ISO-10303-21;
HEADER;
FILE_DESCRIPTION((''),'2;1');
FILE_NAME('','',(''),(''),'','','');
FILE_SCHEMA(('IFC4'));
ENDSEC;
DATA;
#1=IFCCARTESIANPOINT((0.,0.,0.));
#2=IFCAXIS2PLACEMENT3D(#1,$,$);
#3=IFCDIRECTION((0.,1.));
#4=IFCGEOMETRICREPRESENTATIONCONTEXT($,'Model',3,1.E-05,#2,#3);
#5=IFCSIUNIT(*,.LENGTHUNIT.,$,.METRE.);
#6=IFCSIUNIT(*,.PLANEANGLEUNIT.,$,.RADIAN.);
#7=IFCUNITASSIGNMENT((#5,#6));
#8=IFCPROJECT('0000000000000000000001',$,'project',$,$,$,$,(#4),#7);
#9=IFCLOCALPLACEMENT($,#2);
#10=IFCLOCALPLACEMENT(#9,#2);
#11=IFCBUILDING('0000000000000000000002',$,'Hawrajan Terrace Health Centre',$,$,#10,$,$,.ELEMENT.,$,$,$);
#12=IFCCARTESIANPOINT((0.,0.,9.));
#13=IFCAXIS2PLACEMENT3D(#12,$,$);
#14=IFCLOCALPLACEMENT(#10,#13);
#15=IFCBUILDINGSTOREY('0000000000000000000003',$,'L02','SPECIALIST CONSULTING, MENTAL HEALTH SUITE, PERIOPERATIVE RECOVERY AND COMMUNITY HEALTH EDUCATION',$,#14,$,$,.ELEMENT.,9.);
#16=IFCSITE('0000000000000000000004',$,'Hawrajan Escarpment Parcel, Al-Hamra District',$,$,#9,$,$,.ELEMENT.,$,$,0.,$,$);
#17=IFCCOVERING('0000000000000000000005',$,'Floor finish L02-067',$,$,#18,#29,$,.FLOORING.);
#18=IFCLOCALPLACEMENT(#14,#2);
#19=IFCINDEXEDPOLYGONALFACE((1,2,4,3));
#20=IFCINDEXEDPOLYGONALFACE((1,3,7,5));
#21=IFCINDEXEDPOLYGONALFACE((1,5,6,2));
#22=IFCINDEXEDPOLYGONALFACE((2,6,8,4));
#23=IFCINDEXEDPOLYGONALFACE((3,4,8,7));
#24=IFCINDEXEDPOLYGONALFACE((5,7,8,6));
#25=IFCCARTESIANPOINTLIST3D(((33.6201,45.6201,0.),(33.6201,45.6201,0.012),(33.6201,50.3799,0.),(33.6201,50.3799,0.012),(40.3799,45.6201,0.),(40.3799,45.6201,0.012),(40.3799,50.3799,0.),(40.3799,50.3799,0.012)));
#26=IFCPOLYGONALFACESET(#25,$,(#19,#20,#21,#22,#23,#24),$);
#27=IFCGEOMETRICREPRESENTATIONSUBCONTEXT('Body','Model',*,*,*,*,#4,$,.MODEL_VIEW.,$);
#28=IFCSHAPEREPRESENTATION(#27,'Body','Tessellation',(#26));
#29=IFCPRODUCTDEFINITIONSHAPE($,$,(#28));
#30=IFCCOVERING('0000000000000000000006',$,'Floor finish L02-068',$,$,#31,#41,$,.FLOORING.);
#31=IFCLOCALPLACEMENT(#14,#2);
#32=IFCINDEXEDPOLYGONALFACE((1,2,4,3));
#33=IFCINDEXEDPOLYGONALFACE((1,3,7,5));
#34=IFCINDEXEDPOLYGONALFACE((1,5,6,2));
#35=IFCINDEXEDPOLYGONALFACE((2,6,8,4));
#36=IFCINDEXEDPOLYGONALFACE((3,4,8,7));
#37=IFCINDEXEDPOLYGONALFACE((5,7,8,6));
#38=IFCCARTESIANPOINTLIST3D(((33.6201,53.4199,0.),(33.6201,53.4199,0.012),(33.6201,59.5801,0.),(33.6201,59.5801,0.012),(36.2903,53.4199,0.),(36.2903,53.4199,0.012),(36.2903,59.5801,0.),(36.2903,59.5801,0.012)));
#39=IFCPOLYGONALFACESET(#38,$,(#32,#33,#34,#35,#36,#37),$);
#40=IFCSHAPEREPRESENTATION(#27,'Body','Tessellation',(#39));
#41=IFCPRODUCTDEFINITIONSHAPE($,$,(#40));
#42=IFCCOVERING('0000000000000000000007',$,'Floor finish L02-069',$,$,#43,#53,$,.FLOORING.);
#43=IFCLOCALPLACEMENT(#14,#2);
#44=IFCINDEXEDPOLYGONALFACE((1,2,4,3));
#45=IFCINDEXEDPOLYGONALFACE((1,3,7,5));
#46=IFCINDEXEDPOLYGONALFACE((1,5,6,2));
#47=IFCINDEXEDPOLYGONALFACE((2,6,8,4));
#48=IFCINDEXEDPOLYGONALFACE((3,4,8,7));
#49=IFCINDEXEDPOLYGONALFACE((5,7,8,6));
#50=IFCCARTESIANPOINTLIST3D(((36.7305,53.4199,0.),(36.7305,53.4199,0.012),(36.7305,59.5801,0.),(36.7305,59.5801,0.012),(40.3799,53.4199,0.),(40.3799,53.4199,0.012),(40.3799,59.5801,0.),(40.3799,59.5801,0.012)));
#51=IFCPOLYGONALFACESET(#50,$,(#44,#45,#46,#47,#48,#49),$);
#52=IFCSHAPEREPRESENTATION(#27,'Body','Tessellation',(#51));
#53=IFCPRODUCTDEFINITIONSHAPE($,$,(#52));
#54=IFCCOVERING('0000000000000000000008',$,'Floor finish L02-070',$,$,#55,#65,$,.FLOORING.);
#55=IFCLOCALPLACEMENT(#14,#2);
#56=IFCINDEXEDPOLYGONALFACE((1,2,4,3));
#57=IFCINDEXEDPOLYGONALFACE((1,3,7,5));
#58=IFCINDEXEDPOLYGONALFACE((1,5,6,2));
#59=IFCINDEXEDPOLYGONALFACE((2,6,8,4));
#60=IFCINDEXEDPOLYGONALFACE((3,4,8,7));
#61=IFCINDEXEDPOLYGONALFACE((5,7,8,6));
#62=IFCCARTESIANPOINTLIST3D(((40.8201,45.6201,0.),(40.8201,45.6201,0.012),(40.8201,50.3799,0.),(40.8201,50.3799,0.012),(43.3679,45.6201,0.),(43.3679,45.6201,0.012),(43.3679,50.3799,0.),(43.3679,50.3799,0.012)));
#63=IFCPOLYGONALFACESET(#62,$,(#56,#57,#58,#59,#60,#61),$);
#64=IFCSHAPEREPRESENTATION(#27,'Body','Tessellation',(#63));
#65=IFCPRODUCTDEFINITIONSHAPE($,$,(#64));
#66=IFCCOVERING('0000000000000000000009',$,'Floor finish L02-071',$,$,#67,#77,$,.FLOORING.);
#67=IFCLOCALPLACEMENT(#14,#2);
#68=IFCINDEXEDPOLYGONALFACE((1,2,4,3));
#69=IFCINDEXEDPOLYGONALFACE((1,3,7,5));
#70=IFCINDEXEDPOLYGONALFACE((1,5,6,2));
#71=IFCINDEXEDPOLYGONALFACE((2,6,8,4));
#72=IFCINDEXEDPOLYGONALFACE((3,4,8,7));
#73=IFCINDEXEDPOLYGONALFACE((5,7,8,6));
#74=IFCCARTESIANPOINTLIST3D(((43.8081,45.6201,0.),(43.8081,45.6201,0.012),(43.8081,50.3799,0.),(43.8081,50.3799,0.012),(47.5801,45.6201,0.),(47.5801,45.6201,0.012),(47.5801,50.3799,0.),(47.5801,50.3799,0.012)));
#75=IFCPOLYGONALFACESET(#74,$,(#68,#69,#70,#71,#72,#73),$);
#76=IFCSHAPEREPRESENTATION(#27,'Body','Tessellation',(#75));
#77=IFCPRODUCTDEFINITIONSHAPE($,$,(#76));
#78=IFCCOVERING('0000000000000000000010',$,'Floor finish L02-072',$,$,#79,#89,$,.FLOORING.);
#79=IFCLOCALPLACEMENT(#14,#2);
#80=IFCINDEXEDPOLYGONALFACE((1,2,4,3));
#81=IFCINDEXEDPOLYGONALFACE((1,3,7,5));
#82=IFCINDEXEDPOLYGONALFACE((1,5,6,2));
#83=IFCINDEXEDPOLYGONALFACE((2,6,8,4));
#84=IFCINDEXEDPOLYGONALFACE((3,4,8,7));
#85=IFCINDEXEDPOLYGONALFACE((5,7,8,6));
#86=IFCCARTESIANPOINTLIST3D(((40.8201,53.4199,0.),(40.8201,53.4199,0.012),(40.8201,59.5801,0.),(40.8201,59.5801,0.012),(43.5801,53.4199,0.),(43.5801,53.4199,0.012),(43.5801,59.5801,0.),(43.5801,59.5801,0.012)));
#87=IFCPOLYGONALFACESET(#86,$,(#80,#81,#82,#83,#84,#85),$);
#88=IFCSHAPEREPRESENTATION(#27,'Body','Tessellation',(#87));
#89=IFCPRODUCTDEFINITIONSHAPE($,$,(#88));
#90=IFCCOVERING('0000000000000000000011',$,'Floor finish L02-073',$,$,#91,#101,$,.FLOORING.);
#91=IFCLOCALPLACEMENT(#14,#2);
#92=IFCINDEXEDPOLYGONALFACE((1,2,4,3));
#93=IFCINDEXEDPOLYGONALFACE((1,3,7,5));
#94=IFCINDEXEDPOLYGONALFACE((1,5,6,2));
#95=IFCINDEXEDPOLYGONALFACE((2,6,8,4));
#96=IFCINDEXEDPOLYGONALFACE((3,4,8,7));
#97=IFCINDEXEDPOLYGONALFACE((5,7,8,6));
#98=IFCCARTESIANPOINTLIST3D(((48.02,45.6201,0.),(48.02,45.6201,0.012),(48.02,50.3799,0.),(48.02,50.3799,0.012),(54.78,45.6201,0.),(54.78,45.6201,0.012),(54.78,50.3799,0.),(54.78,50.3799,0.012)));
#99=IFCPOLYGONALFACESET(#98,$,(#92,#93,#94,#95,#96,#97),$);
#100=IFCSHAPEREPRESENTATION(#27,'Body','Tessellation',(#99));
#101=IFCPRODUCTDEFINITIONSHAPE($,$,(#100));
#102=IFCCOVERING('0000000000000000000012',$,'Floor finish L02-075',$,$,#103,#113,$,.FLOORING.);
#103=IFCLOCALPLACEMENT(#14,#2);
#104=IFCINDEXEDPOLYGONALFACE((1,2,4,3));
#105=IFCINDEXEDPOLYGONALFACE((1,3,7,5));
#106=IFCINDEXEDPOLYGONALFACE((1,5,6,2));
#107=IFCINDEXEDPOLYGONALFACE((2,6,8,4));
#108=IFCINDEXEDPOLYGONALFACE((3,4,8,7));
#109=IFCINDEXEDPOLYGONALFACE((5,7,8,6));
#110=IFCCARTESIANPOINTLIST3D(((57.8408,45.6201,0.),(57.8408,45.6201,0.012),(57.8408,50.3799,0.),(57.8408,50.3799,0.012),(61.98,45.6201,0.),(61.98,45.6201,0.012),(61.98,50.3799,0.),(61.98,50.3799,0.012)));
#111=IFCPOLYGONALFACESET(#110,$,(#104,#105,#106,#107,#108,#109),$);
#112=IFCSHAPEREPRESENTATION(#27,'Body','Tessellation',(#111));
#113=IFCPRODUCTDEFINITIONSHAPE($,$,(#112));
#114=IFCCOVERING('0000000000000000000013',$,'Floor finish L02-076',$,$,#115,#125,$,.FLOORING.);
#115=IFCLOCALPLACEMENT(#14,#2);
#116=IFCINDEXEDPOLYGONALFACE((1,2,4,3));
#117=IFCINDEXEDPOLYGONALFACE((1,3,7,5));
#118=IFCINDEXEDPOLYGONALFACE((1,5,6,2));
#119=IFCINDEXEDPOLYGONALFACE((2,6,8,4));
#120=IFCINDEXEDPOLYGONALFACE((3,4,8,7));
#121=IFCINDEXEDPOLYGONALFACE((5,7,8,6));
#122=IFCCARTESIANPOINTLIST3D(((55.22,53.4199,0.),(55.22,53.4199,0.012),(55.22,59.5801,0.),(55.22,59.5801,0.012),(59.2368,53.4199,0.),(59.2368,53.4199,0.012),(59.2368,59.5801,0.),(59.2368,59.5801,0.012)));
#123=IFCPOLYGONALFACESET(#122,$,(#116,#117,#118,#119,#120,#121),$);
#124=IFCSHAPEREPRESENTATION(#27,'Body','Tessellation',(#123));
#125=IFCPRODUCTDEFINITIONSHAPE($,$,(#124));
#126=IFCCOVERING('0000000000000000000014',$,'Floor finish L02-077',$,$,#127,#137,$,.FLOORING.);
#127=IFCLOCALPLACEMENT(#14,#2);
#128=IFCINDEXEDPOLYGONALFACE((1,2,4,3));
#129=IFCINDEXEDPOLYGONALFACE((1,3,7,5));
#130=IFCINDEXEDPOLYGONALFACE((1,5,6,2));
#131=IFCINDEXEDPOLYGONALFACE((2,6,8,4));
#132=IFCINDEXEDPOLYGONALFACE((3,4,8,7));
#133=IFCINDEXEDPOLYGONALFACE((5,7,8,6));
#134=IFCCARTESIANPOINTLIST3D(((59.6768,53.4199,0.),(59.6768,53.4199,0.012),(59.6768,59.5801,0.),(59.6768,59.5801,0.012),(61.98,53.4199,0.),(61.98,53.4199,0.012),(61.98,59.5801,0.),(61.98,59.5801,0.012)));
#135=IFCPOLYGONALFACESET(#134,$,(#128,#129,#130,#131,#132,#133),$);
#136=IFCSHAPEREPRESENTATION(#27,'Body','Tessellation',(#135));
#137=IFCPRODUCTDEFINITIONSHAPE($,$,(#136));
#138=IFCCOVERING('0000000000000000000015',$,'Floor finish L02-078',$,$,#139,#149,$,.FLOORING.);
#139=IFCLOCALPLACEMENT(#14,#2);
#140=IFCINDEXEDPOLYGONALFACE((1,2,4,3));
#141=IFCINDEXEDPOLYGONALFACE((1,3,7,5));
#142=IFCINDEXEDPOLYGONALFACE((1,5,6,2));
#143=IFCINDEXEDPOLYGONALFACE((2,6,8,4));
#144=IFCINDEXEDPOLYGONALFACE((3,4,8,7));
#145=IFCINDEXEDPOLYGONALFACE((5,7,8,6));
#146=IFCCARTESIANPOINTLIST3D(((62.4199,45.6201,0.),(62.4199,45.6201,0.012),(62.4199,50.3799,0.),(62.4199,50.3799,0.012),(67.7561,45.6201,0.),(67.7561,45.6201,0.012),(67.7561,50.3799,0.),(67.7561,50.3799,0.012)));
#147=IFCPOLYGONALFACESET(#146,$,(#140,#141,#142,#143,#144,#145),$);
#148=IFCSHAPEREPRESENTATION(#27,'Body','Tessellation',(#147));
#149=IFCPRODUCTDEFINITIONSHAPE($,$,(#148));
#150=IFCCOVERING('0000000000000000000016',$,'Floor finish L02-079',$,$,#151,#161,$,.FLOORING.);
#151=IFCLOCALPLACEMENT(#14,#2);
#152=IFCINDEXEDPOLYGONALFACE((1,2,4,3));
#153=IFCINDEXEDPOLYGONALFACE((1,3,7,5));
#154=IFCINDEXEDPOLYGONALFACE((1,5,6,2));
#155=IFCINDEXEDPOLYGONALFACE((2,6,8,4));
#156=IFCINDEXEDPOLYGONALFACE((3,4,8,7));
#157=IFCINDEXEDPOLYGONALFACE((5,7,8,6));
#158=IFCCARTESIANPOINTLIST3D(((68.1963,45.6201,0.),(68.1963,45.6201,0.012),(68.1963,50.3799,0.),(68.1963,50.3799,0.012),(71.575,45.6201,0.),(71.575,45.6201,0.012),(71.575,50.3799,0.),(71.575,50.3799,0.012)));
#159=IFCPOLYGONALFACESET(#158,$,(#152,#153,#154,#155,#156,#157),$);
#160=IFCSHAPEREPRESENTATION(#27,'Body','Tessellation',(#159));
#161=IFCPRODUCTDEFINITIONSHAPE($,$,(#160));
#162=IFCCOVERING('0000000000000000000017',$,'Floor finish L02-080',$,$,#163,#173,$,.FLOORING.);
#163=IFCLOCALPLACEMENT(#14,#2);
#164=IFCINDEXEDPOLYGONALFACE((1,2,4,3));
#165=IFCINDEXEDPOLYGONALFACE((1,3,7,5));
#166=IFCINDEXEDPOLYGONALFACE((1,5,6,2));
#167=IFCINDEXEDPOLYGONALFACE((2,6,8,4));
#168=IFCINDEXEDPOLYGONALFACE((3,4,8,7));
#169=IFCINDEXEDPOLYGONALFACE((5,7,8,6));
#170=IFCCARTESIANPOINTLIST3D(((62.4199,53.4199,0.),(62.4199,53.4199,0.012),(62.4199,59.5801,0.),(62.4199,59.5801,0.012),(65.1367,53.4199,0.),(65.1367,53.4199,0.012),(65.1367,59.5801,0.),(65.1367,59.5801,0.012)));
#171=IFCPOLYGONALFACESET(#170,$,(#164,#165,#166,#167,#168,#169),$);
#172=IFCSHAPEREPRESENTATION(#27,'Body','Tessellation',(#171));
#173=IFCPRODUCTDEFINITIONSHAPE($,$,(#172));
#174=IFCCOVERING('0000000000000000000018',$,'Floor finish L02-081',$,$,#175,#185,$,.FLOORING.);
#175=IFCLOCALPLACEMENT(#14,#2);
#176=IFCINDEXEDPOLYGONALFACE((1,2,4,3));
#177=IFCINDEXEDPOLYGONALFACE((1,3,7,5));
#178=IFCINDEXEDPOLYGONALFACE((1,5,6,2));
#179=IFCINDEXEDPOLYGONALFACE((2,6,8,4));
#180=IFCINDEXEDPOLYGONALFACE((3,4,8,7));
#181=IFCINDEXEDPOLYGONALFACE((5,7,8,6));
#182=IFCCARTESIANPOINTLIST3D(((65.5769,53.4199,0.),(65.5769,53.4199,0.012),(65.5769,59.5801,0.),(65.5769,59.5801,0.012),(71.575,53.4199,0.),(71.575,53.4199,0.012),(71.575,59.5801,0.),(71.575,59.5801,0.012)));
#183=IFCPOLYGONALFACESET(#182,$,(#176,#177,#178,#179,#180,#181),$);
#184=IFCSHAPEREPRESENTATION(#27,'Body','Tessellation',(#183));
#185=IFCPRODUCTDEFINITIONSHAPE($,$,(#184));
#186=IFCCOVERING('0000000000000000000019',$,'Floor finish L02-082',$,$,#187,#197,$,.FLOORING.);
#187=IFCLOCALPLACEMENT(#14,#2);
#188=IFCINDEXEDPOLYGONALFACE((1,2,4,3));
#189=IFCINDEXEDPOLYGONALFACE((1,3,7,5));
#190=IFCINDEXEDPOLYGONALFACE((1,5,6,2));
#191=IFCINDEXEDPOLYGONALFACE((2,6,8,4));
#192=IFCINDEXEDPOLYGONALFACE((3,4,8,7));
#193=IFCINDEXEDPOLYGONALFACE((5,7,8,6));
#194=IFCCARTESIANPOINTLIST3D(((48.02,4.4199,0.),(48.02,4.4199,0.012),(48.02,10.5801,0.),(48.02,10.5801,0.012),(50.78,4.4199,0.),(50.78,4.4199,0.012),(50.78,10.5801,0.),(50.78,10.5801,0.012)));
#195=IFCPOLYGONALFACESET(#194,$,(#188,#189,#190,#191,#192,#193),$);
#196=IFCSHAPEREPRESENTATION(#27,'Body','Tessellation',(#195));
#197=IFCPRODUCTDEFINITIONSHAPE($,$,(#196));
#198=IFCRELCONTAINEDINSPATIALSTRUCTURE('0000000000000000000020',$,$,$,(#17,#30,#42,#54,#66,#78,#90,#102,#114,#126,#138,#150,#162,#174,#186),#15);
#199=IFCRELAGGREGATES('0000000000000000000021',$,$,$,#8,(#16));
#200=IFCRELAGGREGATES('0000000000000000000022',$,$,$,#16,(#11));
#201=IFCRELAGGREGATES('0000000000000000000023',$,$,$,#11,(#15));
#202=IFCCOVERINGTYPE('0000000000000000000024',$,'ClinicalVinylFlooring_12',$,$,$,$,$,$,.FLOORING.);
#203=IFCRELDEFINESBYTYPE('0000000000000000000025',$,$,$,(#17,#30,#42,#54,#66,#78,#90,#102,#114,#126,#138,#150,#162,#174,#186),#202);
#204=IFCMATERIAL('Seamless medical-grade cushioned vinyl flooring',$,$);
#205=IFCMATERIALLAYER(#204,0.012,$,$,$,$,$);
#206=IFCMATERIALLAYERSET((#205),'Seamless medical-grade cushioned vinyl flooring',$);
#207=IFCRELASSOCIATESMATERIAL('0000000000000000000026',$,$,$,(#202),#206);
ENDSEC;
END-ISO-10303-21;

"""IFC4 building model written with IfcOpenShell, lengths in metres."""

from ifc_helpers import new_model, si_unit, direction, frame, origin, place, context, subcontext, project, spatial, polyline, outline, extrude, material, layer, layer_set, type_object, element, save


model = new_model("IFC4")

# Units and contexts
model_context = context("Model", 3, precision=1e-05, world=origin(), true_north=direction((0.0, 1.0)))
body_context = subcontext(model_context, "Body", "Model", "MODEL_VIEW")
ifc_project = project(units=[si_unit("LENGTHUNIT", "METRE"), si_unit("PLANEANGLEUNIT", "RADIAN")], contexts=[model_context])

# Site, building, storey
site_placement = place(None, origin())
site = spatial("IfcSite", under=ifc_project, at=site_placement, Name="Hawrajan Escarpment Parcel, Al-Hamra District", CompositionType="ELEMENT", RefElevation=0.0)
building_placement = place(site_placement, origin())
building = spatial("IfcBuilding", under=site, at=building_placement, Name="Hawrajan Terrace Health Centre", CompositionType="ELEMENT")
storey_placement = place(building_placement, frame((0.0, 0.0, 9.0)))
storey = spatial("IfcBuildingStorey", under=building, at=storey_placement, Name="L02", Description="SPECIALIST CONSULTING, MENTAL HEALTH SUITE, PERIOPERATIVE RECOVERY AND COMMUNITY HEALTH EDUCATION", CompositionType="ELEMENT", Elevation=9.0)

# Coverings
ifc_material = material(Name="Seamless medical-grade cushioned vinyl flooring")
ifc_layer = layer(ifc_material, 0.012)
ifc_layer_set = layer_set([ifc_layer], Name="Seamless medical-grade cushioned vinyl flooring")
covering_type = type_object("IfcCoveringType", Name="ClinicalVinylFlooring_12", PredefinedType="FLOORING", material=ifc_layer_set)
covering_1_placement = place(storey_placement, origin())
element("IfcCovering", 1, at=covering_1_placement, inside=storey, type_object=covering_type, Name="Floor finish L02-067", PredefinedType="FLOORING", context=body_context, shape_type="SweptSolid", body=[
    extrude(outline(polyline([(33.6201, 50.3799), (40.3799, 50.3799), (40.3799, 45.6201), (33.6201, 45.6201), (33.6201, 50.3799)])), origin(), (0.0, 0.0, 1.0), 0.012),
])
covering_2_placement = place(storey_placement, origin())
element("IfcCovering", 2, at=covering_2_placement, inside=storey, type_object=covering_type, Name="Floor finish L02-068", PredefinedType="FLOORING", context=body_context, shape_type="SweptSolid", body=[
    extrude(outline(polyline([(33.6201, 59.5801), (36.2903, 59.5801), (36.2903, 53.4199), (33.6201, 53.4199), (33.6201, 59.5801)])), origin(), (0.0, 0.0, 1.0), 0.012),
])
covering_3_placement = place(storey_placement, origin())
element("IfcCovering", 3, at=covering_3_placement, inside=storey, type_object=covering_type, Name="Floor finish L02-069", PredefinedType="FLOORING", context=body_context, shape_type="SweptSolid", body=[
    extrude(outline(polyline([(36.7305, 59.5801), (40.3799, 59.5801), (40.3799, 53.4199), (36.7305, 53.4199), (36.7305, 59.5801)])), origin(), (0.0, 0.0, 1.0), 0.012),
])
covering_4_placement = place(storey_placement, origin())
element("IfcCovering", 4, at=covering_4_placement, inside=storey, type_object=covering_type, Name="Floor finish L02-070", PredefinedType="FLOORING", context=body_context, shape_type="SweptSolid", body=[
    extrude(outline(polyline([(40.8201, 50.3799), (43.3679, 50.3799), (43.3679, 45.6201), (40.8201, 45.6201), (40.8201, 50.3799)])), origin(), (0.0, 0.0, 1.0), 0.012),
])
covering_5_placement = place(storey_placement, origin())
element("IfcCovering", 5, at=covering_5_placement, inside=storey, type_object=covering_type, Name="Floor finish L02-071", PredefinedType="FLOORING", context=body_context, shape_type="SweptSolid", body=[
    extrude(outline(polyline([(43.8081, 50.3799), (47.5801, 50.3799), (47.5801, 45.6201), (43.8081, 45.6201), (43.8081, 50.3799)])), origin(), (0.0, 0.0, 1.0), 0.012),
])
covering_6_placement = place(storey_placement, origin())
element("IfcCovering", 6, at=covering_6_placement, inside=storey, type_object=covering_type, Name="Floor finish L02-072", PredefinedType="FLOORING", context=body_context, shape_type="SweptSolid", body=[
    extrude(outline(polyline([(40.8201, 59.5801), (43.5801, 59.5801), (43.5801, 53.4199), (40.8201, 53.4199), (40.8201, 59.5801)])), origin(), (0.0, 0.0, 1.0), 0.012),
])
covering_7_placement = place(storey_placement, origin())
element("IfcCovering", 7, at=covering_7_placement, inside=storey, type_object=covering_type, Name="Floor finish L02-073", PredefinedType="FLOORING", context=body_context, shape_type="SweptSolid", body=[
    extrude(outline(polyline([(48.02, 50.3799), (54.78, 50.3799), (54.78, 45.6201), (48.02, 45.6201), (48.02, 50.3799)])), origin(), (0.0, 0.0, 1.0), 0.012),
])
covering_8_placement = place(storey_placement, origin())
element("IfcCovering", 8, at=covering_8_placement, inside=storey, type_object=covering_type, Name="Floor finish L02-075", PredefinedType="FLOORING", context=body_context, shape_type="SweptSolid", body=[
    extrude(outline(polyline([(57.8408, 50.3799), (61.98, 50.3799), (61.98, 45.6201), (57.8408, 45.6201), (57.8408, 50.3799)])), origin(), (0.0, 0.0, 1.0), 0.012),
])
covering_9_placement = place(storey_placement, origin())
element("IfcCovering", 9, at=covering_9_placement, inside=storey, type_object=covering_type, Name="Floor finish L02-076", PredefinedType="FLOORING", context=body_context, shape_type="SweptSolid", body=[
    extrude(outline(polyline([(55.22, 59.5801), (59.2368, 59.5801), (59.2368, 53.4199), (55.22, 53.4199), (55.22, 59.5801)])), origin(), (0.0, 0.0, 1.0), 0.012),
])
covering_10_placement = place(storey_placement, origin())
element("IfcCovering", 10, at=covering_10_placement, inside=storey, type_object=covering_type, Name="Floor finish L02-077", PredefinedType="FLOORING", context=body_context, shape_type="SweptSolid", body=[
    extrude(outline(polyline([(59.6768, 59.5801), (61.98, 59.5801), (61.98, 53.4199), (59.6768, 53.4199), (59.6768, 59.5801)])), origin(), (0.0, 0.0, 1.0), 0.012),
])
covering_11_placement = place(storey_placement, origin())
element("IfcCovering", 11, at=covering_11_placement, inside=storey, type_object=covering_type, Name="Floor finish L02-078", PredefinedType="FLOORING", context=body_context, shape_type="SweptSolid", body=[
    extrude(outline(polyline([(62.4199, 50.3799), (67.7561, 50.3799), (67.7561, 45.6201), (62.4199, 45.6201), (62.4199, 50.3799)])), origin(), (0.0, 0.0, 1.0), 0.012),
])
covering_12_placement = place(storey_placement, origin())
element("IfcCovering", 12, at=covering_12_placement, inside=storey, type_object=covering_type, Name="Floor finish L02-079", PredefinedType="FLOORING", context=body_context, shape_type="SweptSolid", body=[
    extrude(outline(polyline([(68.1963, 50.3799), (71.575, 50.3799), (71.575, 45.6201), (68.1963, 45.6201), (68.1963, 50.3799)])), origin(), (0.0, 0.0, 1.0), 0.012),
])
covering_13_placement = place(storey_placement, origin())
element("IfcCovering", 13, at=covering_13_placement, inside=storey, type_object=covering_type, Name="Floor finish L02-080", PredefinedType="FLOORING", context=body_context, shape_type="SweptSolid", body=[
    extrude(outline(polyline([(62.4199, 59.5801), (65.1367, 59.5801), (65.1367, 53.4199), (62.4199, 53.4199), (62.4199, 59.5801)])), origin(), (0.0, 0.0, 1.0), 0.012),
])
covering_14_placement = place(storey_placement, origin())
element("IfcCovering", 14, at=covering_14_placement, inside=storey, type_object=covering_type, Name="Floor finish L02-081", PredefinedType="FLOORING", context=body_context, shape_type="SweptSolid", body=[
    extrude(outline(polyline([(65.5769, 59.5801), (71.575, 59.5801), (71.575, 53.4199), (65.5769, 53.4199), (65.5769, 59.5801)])), origin(), (0.0, 0.0, 1.0), 0.012),
])
covering_15_placement = place(storey_placement, origin())
element("IfcCovering", 15, at=covering_15_placement, inside=storey, type_object=covering_type, Name="Floor finish L02-082", PredefinedType="FLOORING", context=body_context, shape_type="SweptSolid", body=[
    extrude(outline(polyline([(48.02, 10.5801), (50.78, 10.5801), (50.78, 4.4199), (48.02, 4.4199), (48.02, 10.5801)])), origin(), (0.0, 0.0, 1.0), 0.012),
])

save(model, "model.ifc")
